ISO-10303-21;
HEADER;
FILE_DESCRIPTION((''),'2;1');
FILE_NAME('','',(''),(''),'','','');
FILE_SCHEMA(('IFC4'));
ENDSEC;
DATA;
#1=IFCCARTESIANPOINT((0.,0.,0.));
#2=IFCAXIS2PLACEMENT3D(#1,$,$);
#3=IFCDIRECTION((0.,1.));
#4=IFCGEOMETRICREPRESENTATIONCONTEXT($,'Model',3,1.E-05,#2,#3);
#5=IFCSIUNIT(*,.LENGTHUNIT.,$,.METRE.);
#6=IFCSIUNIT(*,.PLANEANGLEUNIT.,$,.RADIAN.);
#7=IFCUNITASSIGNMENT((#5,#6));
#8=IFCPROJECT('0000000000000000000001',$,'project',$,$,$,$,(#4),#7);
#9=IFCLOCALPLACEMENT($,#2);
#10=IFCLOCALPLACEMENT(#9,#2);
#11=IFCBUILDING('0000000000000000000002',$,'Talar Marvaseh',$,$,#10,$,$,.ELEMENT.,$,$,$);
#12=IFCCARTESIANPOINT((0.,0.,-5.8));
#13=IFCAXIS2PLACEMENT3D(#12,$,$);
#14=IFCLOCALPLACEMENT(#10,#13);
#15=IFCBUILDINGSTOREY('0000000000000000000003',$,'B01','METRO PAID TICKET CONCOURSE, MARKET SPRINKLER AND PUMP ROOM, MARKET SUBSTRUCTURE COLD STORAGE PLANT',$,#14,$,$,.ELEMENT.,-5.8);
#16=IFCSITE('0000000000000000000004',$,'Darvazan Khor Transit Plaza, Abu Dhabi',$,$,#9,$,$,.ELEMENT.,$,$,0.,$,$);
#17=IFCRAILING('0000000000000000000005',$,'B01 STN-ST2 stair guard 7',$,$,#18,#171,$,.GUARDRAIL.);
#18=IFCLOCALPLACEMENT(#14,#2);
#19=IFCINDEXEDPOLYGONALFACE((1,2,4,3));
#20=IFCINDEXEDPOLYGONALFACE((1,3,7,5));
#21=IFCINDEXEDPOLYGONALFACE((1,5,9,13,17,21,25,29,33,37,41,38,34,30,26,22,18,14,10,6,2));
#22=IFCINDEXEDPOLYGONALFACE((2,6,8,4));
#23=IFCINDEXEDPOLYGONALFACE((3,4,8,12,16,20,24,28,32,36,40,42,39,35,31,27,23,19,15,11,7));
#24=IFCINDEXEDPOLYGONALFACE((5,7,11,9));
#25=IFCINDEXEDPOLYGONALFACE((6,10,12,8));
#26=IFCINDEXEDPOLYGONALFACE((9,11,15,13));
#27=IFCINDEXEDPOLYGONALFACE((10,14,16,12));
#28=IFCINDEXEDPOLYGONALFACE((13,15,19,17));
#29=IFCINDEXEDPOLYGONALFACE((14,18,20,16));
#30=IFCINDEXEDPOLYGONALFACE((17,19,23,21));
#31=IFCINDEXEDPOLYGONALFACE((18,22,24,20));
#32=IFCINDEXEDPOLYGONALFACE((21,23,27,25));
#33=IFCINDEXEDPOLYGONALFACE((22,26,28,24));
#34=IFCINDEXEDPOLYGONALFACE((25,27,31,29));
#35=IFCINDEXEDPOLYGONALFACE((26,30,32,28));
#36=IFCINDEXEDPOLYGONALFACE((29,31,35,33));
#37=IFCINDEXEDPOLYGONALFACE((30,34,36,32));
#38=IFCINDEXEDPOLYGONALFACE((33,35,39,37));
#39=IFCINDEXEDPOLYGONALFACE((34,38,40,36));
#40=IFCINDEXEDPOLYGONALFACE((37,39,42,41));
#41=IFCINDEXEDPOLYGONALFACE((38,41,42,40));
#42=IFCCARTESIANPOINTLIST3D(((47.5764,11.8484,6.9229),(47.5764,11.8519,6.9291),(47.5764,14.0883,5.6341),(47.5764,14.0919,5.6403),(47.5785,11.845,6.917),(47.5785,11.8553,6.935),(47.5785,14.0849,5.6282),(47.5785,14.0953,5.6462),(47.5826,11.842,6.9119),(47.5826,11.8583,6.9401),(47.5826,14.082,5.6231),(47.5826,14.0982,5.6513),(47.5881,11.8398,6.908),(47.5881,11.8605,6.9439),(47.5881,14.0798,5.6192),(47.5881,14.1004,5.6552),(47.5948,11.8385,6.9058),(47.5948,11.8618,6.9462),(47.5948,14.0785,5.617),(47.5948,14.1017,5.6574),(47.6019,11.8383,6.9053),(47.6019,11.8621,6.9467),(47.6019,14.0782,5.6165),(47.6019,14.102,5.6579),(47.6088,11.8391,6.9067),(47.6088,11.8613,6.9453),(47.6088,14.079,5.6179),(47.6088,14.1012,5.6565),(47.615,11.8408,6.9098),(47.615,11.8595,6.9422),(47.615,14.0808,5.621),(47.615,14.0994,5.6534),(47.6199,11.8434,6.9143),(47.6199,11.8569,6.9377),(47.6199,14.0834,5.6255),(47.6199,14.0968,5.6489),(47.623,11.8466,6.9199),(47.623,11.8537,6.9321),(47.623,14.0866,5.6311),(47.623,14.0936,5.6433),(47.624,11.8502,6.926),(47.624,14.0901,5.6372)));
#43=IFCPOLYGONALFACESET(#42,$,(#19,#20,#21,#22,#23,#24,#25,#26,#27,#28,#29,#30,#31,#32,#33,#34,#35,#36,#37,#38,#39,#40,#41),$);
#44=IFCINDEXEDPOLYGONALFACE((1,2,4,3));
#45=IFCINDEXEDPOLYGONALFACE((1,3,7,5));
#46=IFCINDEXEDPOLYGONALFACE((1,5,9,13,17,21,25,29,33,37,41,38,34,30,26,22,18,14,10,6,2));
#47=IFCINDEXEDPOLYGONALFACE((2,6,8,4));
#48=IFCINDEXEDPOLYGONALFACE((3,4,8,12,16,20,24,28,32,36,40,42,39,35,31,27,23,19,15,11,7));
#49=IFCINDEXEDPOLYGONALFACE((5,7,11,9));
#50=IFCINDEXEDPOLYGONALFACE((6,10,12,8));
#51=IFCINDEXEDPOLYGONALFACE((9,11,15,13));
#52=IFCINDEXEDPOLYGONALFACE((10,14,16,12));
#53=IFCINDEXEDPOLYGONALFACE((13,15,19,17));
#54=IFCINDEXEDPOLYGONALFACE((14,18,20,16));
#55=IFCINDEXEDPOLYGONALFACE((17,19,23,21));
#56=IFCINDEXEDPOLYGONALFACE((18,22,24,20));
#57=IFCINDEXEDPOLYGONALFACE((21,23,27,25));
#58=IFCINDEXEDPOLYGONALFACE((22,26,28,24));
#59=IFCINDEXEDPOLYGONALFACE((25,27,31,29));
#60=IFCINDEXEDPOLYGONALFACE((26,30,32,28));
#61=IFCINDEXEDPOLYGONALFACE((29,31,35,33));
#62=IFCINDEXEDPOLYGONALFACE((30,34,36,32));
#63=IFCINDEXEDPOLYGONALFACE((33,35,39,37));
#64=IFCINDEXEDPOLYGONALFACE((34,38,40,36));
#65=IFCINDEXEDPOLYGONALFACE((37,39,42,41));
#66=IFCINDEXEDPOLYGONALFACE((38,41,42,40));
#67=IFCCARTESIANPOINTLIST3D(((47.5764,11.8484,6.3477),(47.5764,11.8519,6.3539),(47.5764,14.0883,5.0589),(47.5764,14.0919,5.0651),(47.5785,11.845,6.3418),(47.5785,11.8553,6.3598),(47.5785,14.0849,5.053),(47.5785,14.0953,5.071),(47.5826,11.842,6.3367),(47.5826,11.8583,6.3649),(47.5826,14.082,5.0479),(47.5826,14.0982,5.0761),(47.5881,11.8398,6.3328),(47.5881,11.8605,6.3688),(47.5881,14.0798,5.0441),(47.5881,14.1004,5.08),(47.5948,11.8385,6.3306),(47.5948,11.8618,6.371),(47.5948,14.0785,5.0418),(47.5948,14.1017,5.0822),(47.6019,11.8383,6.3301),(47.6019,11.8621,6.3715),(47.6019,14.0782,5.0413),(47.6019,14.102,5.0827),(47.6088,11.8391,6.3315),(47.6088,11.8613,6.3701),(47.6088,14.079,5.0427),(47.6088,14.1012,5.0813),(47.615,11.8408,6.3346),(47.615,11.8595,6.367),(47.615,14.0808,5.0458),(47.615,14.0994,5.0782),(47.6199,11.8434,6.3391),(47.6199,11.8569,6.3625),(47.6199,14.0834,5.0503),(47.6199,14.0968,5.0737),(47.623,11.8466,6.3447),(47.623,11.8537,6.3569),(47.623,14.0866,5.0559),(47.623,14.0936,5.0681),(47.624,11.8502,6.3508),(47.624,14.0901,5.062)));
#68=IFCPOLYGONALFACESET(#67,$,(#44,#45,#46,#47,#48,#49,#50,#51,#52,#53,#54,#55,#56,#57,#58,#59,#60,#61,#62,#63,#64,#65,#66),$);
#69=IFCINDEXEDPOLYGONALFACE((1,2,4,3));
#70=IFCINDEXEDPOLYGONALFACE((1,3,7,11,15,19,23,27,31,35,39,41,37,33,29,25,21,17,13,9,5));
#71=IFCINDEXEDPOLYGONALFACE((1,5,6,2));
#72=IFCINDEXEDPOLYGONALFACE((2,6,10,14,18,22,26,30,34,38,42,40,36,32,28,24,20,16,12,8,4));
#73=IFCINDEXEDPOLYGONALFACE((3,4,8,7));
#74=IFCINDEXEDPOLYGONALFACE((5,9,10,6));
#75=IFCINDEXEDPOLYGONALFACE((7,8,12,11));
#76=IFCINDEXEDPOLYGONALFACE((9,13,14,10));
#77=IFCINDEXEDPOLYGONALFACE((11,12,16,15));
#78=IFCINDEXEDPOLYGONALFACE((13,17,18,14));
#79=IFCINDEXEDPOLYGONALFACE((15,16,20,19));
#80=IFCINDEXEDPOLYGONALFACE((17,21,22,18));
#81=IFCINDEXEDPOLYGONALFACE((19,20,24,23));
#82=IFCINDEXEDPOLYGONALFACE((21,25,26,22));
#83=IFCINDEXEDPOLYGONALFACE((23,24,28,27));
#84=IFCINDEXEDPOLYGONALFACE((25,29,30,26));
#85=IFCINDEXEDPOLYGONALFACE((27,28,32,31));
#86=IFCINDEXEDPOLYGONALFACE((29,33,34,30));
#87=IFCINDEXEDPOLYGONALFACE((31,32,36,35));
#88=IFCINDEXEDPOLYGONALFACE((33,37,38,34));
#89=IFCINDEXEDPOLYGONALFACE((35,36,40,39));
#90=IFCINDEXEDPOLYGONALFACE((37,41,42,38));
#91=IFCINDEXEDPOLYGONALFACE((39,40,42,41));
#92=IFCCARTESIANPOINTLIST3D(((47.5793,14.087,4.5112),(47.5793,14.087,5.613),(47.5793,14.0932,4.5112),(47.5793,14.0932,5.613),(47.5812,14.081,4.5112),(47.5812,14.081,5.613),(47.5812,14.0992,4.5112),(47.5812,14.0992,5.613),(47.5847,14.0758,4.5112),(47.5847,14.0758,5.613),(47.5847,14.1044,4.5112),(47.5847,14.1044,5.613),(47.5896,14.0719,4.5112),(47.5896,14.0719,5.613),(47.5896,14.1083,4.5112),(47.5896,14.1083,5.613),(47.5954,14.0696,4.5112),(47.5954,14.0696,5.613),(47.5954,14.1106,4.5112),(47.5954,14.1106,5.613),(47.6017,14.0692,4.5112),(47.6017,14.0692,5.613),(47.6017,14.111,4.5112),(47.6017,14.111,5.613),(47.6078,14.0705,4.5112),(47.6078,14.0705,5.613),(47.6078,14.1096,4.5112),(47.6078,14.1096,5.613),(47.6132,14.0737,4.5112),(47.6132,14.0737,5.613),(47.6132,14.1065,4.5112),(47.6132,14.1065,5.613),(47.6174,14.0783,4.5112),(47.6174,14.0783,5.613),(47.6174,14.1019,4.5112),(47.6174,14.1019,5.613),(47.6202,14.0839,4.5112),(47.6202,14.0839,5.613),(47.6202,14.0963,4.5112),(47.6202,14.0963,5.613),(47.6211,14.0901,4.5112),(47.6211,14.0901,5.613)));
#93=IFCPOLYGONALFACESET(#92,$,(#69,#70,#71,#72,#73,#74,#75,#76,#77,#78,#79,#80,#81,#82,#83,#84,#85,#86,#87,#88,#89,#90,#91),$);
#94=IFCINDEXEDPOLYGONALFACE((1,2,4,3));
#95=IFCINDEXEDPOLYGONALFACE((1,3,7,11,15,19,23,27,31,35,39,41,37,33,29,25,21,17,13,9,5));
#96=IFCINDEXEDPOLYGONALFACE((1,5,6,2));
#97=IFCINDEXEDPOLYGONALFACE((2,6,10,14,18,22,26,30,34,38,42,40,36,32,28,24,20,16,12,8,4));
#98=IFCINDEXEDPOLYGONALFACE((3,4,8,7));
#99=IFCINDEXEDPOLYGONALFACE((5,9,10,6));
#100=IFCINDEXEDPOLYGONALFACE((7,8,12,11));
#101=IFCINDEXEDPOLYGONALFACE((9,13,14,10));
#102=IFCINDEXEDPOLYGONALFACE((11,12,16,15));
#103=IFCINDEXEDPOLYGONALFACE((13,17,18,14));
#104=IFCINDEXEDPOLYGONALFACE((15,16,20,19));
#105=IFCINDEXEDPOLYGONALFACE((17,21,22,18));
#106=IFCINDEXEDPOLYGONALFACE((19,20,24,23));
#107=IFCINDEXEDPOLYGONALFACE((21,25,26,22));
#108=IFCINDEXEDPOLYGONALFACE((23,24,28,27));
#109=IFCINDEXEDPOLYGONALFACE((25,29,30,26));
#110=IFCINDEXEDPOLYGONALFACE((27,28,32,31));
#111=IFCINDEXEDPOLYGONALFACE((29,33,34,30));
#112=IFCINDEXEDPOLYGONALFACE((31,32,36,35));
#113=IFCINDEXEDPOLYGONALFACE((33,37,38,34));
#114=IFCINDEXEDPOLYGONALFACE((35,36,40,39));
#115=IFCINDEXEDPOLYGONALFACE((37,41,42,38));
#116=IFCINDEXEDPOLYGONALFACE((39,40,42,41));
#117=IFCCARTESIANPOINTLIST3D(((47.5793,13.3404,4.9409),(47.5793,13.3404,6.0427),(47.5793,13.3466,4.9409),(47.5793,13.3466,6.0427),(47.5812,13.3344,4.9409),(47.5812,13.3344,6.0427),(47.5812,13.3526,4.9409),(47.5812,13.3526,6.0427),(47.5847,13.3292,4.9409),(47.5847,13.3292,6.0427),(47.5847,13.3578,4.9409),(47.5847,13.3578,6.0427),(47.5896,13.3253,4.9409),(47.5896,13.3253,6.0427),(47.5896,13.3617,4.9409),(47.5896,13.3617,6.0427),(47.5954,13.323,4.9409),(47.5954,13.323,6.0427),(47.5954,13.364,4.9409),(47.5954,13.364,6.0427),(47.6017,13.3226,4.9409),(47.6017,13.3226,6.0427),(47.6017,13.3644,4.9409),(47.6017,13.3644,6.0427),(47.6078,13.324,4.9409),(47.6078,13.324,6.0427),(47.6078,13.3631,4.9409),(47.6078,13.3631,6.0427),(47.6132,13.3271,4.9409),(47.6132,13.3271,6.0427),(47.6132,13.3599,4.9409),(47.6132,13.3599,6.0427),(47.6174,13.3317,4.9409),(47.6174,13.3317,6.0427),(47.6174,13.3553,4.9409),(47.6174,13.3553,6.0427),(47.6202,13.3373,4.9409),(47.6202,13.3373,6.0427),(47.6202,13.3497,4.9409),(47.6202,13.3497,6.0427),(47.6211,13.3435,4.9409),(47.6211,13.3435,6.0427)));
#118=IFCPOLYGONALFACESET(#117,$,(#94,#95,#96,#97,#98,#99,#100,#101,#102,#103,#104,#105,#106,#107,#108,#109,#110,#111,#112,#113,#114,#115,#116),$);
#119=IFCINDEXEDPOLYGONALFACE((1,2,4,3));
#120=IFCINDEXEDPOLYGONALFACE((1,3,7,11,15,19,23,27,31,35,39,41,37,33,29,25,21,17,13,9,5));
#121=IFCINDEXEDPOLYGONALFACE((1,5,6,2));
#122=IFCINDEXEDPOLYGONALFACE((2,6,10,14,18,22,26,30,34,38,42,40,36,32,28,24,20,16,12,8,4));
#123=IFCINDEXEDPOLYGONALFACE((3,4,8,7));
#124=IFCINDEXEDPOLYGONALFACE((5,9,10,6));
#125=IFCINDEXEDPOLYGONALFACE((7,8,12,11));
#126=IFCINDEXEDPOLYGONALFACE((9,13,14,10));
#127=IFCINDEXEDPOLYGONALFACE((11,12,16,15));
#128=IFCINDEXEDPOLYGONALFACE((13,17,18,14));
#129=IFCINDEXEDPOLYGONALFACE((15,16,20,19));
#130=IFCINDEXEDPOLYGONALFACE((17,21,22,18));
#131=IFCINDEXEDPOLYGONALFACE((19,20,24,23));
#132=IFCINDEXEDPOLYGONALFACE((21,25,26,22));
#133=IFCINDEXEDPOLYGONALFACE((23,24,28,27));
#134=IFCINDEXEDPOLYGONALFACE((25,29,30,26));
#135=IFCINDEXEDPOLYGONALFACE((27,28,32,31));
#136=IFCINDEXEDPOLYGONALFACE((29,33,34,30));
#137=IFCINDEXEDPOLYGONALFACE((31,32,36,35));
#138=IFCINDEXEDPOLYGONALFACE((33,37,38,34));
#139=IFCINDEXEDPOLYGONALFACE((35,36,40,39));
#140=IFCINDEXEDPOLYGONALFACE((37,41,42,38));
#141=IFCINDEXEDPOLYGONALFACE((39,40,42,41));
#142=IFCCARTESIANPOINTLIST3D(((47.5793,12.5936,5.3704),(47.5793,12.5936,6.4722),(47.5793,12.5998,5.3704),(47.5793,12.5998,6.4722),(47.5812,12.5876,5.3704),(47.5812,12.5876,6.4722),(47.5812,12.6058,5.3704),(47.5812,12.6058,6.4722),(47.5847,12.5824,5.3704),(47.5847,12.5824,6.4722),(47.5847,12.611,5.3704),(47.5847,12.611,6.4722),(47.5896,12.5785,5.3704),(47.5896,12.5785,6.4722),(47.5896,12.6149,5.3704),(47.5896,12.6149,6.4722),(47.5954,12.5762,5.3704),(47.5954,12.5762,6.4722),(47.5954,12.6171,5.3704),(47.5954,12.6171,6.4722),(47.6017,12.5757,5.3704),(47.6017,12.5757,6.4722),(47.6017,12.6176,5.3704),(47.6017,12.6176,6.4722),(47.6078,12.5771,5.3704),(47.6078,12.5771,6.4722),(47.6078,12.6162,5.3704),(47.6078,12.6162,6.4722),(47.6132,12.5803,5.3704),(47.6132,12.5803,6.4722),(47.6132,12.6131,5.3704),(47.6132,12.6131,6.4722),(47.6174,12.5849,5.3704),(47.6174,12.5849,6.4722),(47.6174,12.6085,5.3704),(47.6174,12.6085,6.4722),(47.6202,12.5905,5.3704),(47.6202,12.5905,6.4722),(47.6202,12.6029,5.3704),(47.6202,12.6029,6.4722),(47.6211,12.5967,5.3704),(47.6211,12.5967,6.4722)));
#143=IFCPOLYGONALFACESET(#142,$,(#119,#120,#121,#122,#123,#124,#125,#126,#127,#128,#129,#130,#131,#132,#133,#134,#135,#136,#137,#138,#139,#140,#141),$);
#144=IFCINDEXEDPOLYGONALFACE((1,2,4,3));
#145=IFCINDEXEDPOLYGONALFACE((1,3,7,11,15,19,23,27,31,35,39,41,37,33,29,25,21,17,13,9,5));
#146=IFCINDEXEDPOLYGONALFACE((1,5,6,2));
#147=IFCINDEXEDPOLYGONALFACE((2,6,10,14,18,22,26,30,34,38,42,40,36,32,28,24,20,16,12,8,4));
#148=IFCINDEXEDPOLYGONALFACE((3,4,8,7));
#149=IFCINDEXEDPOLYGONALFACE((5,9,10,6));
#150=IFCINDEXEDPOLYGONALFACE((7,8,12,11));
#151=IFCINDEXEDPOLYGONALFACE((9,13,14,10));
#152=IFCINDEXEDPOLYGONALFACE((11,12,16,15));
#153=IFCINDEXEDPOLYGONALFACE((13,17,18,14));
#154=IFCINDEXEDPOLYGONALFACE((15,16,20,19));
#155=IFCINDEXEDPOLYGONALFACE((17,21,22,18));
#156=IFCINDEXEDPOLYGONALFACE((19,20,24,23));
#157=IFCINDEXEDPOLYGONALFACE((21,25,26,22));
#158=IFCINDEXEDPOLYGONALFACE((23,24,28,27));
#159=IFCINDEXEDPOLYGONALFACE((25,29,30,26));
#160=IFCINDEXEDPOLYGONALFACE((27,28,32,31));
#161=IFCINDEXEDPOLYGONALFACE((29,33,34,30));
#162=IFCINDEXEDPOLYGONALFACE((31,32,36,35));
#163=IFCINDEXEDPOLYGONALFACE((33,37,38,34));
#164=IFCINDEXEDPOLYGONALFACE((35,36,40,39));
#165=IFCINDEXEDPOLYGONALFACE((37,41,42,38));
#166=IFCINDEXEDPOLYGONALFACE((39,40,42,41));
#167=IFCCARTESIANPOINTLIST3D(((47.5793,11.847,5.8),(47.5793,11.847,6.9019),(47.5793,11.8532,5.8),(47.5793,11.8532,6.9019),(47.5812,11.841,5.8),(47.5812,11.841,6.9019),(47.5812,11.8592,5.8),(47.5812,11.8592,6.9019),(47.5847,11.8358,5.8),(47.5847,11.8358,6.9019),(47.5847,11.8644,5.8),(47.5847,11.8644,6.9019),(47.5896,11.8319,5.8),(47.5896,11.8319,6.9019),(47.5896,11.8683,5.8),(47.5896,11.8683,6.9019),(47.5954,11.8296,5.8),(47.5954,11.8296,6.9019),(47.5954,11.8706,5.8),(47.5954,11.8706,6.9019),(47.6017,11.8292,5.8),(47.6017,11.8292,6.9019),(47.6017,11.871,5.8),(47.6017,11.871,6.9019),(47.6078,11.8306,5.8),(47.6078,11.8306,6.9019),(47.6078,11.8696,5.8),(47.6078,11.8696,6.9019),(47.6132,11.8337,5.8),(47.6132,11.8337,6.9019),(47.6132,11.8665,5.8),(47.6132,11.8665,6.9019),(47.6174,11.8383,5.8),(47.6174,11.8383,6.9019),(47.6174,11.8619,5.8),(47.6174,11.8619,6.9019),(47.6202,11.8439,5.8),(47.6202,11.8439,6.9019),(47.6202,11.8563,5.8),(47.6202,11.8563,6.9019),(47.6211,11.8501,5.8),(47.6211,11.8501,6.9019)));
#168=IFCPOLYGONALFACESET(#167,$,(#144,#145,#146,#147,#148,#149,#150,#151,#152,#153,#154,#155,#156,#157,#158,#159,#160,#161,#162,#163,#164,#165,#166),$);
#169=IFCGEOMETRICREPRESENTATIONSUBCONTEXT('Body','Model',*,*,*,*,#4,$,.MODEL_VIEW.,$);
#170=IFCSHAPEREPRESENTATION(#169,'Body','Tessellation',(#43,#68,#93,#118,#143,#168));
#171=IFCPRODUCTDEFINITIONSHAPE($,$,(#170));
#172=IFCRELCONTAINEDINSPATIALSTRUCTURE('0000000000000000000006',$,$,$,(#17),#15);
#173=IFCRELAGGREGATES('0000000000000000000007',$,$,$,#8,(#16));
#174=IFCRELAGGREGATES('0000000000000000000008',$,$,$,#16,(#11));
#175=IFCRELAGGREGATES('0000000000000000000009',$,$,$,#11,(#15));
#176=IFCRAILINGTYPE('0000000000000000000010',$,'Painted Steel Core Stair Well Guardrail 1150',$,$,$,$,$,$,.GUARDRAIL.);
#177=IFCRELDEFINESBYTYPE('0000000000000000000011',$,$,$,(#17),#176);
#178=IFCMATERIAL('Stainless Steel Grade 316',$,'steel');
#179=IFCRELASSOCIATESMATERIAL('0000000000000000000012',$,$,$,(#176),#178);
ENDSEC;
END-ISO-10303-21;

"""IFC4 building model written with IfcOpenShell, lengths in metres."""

from ifc_helpers import new_model, si_unit, direction, frame, origin, origin_2d, place, context, subcontext, project, spatial, circle, extrude, material, type_object, element, save


model = new_model("IFC4")

# Units and contexts
model_context = context("Model", 3, precision=1e-05, world=origin(), true_north=direction((0.0, 1.0)))
body_context = subcontext(model_context, "Body", "Model", "MODEL_VIEW")
ifc_project = project(units=[si_unit("LENGTHUNIT", "METRE"), si_unit("PLANEANGLEUNIT", "RADIAN")], contexts=[model_context])

# Site, building, storey
site_placement = place(None, origin())
site = spatial("IfcSite", under=ifc_project, at=site_placement, Name="Darvazan Khor Transit Plaza, Abu Dhabi", CompositionType="ELEMENT", RefElevation=0.0)
building_placement = place(site_placement, origin())
building = spatial("IfcBuilding", under=site, at=building_placement, Name="Talar Marvaseh", CompositionType="ELEMENT")
storey_placement = place(building_placement, frame((0.0, 0.0, -5.8)))
storey = spatial("IfcBuildingStorey", under=building, at=storey_placement, Name="B01", Description="METRO PAID TICKET CONCOURSE, MARKET SPRINKLER AND PUMP ROOM, MARKET SUBSTRUCTURE COLD STORAGE PLANT", CompositionType="ELEMENT", Elevation=-5.8)

# Railing
ifc_material_1 = material(Name="Stainless Steel Grade 316", Category="steel")
railing_type_1 = type_object("IfcRailingType", Name="Painted Steel Core Stair Well Guardrail 1150", PredefinedType="GUARDRAIL", material=ifc_material_1)
railing_1_placement = place(storey_placement, frame((47.6001, 14.0901, 4.5112)))
element("IfcRailing", 1, at=railing_1_placement, inside=storey, type_object=railing_type_1, Name="B01 STN-ST2 stair guard 7", PredefinedType="GUARDRAIL", context=body_context, shape_type="SweptSolid", body=[
    extrude(circle(Radius=0.0239, at=origin_2d()), frame((0.0, 0.0, 1.126), z_axis=(0.0, -0.866768, 0.498711), x_axis=(1.0, 0.0, 0.0)), (0.0, 0.0, 1.0), 2.5842),
    extrude(circle(Radius=0.0239, at=origin_2d()), frame((0.0, 0.0, 0.5508), z_axis=(0.0, -0.866768, 0.498711), x_axis=(1.0, 0.0, 0.0)), (0.0, 0.0, 1.0), 2.5842),
    extrude(circle(Radius=0.021, at=origin_2d()), origin(), (0.0, 0.0, 1.0), 1.1018),
    extrude(circle(Radius=0.021, at=origin_2d()), frame((0.0, -0.7466, 0.4297)), (0.0, 0.0, 1.0), 1.1018),
    extrude(circle(Radius=0.021, at=origin_2d()), frame((0.0, -1.4934, 0.8591)), (0.0, 0.0, 1.0), 1.1018),
    extrude(circle(Radius=0.021, at=origin_2d()), frame((0.0, -2.24, 1.2888)), (0.0, 0.0, 1.0), 1.1018),
])

save(model, "model.ifc")
